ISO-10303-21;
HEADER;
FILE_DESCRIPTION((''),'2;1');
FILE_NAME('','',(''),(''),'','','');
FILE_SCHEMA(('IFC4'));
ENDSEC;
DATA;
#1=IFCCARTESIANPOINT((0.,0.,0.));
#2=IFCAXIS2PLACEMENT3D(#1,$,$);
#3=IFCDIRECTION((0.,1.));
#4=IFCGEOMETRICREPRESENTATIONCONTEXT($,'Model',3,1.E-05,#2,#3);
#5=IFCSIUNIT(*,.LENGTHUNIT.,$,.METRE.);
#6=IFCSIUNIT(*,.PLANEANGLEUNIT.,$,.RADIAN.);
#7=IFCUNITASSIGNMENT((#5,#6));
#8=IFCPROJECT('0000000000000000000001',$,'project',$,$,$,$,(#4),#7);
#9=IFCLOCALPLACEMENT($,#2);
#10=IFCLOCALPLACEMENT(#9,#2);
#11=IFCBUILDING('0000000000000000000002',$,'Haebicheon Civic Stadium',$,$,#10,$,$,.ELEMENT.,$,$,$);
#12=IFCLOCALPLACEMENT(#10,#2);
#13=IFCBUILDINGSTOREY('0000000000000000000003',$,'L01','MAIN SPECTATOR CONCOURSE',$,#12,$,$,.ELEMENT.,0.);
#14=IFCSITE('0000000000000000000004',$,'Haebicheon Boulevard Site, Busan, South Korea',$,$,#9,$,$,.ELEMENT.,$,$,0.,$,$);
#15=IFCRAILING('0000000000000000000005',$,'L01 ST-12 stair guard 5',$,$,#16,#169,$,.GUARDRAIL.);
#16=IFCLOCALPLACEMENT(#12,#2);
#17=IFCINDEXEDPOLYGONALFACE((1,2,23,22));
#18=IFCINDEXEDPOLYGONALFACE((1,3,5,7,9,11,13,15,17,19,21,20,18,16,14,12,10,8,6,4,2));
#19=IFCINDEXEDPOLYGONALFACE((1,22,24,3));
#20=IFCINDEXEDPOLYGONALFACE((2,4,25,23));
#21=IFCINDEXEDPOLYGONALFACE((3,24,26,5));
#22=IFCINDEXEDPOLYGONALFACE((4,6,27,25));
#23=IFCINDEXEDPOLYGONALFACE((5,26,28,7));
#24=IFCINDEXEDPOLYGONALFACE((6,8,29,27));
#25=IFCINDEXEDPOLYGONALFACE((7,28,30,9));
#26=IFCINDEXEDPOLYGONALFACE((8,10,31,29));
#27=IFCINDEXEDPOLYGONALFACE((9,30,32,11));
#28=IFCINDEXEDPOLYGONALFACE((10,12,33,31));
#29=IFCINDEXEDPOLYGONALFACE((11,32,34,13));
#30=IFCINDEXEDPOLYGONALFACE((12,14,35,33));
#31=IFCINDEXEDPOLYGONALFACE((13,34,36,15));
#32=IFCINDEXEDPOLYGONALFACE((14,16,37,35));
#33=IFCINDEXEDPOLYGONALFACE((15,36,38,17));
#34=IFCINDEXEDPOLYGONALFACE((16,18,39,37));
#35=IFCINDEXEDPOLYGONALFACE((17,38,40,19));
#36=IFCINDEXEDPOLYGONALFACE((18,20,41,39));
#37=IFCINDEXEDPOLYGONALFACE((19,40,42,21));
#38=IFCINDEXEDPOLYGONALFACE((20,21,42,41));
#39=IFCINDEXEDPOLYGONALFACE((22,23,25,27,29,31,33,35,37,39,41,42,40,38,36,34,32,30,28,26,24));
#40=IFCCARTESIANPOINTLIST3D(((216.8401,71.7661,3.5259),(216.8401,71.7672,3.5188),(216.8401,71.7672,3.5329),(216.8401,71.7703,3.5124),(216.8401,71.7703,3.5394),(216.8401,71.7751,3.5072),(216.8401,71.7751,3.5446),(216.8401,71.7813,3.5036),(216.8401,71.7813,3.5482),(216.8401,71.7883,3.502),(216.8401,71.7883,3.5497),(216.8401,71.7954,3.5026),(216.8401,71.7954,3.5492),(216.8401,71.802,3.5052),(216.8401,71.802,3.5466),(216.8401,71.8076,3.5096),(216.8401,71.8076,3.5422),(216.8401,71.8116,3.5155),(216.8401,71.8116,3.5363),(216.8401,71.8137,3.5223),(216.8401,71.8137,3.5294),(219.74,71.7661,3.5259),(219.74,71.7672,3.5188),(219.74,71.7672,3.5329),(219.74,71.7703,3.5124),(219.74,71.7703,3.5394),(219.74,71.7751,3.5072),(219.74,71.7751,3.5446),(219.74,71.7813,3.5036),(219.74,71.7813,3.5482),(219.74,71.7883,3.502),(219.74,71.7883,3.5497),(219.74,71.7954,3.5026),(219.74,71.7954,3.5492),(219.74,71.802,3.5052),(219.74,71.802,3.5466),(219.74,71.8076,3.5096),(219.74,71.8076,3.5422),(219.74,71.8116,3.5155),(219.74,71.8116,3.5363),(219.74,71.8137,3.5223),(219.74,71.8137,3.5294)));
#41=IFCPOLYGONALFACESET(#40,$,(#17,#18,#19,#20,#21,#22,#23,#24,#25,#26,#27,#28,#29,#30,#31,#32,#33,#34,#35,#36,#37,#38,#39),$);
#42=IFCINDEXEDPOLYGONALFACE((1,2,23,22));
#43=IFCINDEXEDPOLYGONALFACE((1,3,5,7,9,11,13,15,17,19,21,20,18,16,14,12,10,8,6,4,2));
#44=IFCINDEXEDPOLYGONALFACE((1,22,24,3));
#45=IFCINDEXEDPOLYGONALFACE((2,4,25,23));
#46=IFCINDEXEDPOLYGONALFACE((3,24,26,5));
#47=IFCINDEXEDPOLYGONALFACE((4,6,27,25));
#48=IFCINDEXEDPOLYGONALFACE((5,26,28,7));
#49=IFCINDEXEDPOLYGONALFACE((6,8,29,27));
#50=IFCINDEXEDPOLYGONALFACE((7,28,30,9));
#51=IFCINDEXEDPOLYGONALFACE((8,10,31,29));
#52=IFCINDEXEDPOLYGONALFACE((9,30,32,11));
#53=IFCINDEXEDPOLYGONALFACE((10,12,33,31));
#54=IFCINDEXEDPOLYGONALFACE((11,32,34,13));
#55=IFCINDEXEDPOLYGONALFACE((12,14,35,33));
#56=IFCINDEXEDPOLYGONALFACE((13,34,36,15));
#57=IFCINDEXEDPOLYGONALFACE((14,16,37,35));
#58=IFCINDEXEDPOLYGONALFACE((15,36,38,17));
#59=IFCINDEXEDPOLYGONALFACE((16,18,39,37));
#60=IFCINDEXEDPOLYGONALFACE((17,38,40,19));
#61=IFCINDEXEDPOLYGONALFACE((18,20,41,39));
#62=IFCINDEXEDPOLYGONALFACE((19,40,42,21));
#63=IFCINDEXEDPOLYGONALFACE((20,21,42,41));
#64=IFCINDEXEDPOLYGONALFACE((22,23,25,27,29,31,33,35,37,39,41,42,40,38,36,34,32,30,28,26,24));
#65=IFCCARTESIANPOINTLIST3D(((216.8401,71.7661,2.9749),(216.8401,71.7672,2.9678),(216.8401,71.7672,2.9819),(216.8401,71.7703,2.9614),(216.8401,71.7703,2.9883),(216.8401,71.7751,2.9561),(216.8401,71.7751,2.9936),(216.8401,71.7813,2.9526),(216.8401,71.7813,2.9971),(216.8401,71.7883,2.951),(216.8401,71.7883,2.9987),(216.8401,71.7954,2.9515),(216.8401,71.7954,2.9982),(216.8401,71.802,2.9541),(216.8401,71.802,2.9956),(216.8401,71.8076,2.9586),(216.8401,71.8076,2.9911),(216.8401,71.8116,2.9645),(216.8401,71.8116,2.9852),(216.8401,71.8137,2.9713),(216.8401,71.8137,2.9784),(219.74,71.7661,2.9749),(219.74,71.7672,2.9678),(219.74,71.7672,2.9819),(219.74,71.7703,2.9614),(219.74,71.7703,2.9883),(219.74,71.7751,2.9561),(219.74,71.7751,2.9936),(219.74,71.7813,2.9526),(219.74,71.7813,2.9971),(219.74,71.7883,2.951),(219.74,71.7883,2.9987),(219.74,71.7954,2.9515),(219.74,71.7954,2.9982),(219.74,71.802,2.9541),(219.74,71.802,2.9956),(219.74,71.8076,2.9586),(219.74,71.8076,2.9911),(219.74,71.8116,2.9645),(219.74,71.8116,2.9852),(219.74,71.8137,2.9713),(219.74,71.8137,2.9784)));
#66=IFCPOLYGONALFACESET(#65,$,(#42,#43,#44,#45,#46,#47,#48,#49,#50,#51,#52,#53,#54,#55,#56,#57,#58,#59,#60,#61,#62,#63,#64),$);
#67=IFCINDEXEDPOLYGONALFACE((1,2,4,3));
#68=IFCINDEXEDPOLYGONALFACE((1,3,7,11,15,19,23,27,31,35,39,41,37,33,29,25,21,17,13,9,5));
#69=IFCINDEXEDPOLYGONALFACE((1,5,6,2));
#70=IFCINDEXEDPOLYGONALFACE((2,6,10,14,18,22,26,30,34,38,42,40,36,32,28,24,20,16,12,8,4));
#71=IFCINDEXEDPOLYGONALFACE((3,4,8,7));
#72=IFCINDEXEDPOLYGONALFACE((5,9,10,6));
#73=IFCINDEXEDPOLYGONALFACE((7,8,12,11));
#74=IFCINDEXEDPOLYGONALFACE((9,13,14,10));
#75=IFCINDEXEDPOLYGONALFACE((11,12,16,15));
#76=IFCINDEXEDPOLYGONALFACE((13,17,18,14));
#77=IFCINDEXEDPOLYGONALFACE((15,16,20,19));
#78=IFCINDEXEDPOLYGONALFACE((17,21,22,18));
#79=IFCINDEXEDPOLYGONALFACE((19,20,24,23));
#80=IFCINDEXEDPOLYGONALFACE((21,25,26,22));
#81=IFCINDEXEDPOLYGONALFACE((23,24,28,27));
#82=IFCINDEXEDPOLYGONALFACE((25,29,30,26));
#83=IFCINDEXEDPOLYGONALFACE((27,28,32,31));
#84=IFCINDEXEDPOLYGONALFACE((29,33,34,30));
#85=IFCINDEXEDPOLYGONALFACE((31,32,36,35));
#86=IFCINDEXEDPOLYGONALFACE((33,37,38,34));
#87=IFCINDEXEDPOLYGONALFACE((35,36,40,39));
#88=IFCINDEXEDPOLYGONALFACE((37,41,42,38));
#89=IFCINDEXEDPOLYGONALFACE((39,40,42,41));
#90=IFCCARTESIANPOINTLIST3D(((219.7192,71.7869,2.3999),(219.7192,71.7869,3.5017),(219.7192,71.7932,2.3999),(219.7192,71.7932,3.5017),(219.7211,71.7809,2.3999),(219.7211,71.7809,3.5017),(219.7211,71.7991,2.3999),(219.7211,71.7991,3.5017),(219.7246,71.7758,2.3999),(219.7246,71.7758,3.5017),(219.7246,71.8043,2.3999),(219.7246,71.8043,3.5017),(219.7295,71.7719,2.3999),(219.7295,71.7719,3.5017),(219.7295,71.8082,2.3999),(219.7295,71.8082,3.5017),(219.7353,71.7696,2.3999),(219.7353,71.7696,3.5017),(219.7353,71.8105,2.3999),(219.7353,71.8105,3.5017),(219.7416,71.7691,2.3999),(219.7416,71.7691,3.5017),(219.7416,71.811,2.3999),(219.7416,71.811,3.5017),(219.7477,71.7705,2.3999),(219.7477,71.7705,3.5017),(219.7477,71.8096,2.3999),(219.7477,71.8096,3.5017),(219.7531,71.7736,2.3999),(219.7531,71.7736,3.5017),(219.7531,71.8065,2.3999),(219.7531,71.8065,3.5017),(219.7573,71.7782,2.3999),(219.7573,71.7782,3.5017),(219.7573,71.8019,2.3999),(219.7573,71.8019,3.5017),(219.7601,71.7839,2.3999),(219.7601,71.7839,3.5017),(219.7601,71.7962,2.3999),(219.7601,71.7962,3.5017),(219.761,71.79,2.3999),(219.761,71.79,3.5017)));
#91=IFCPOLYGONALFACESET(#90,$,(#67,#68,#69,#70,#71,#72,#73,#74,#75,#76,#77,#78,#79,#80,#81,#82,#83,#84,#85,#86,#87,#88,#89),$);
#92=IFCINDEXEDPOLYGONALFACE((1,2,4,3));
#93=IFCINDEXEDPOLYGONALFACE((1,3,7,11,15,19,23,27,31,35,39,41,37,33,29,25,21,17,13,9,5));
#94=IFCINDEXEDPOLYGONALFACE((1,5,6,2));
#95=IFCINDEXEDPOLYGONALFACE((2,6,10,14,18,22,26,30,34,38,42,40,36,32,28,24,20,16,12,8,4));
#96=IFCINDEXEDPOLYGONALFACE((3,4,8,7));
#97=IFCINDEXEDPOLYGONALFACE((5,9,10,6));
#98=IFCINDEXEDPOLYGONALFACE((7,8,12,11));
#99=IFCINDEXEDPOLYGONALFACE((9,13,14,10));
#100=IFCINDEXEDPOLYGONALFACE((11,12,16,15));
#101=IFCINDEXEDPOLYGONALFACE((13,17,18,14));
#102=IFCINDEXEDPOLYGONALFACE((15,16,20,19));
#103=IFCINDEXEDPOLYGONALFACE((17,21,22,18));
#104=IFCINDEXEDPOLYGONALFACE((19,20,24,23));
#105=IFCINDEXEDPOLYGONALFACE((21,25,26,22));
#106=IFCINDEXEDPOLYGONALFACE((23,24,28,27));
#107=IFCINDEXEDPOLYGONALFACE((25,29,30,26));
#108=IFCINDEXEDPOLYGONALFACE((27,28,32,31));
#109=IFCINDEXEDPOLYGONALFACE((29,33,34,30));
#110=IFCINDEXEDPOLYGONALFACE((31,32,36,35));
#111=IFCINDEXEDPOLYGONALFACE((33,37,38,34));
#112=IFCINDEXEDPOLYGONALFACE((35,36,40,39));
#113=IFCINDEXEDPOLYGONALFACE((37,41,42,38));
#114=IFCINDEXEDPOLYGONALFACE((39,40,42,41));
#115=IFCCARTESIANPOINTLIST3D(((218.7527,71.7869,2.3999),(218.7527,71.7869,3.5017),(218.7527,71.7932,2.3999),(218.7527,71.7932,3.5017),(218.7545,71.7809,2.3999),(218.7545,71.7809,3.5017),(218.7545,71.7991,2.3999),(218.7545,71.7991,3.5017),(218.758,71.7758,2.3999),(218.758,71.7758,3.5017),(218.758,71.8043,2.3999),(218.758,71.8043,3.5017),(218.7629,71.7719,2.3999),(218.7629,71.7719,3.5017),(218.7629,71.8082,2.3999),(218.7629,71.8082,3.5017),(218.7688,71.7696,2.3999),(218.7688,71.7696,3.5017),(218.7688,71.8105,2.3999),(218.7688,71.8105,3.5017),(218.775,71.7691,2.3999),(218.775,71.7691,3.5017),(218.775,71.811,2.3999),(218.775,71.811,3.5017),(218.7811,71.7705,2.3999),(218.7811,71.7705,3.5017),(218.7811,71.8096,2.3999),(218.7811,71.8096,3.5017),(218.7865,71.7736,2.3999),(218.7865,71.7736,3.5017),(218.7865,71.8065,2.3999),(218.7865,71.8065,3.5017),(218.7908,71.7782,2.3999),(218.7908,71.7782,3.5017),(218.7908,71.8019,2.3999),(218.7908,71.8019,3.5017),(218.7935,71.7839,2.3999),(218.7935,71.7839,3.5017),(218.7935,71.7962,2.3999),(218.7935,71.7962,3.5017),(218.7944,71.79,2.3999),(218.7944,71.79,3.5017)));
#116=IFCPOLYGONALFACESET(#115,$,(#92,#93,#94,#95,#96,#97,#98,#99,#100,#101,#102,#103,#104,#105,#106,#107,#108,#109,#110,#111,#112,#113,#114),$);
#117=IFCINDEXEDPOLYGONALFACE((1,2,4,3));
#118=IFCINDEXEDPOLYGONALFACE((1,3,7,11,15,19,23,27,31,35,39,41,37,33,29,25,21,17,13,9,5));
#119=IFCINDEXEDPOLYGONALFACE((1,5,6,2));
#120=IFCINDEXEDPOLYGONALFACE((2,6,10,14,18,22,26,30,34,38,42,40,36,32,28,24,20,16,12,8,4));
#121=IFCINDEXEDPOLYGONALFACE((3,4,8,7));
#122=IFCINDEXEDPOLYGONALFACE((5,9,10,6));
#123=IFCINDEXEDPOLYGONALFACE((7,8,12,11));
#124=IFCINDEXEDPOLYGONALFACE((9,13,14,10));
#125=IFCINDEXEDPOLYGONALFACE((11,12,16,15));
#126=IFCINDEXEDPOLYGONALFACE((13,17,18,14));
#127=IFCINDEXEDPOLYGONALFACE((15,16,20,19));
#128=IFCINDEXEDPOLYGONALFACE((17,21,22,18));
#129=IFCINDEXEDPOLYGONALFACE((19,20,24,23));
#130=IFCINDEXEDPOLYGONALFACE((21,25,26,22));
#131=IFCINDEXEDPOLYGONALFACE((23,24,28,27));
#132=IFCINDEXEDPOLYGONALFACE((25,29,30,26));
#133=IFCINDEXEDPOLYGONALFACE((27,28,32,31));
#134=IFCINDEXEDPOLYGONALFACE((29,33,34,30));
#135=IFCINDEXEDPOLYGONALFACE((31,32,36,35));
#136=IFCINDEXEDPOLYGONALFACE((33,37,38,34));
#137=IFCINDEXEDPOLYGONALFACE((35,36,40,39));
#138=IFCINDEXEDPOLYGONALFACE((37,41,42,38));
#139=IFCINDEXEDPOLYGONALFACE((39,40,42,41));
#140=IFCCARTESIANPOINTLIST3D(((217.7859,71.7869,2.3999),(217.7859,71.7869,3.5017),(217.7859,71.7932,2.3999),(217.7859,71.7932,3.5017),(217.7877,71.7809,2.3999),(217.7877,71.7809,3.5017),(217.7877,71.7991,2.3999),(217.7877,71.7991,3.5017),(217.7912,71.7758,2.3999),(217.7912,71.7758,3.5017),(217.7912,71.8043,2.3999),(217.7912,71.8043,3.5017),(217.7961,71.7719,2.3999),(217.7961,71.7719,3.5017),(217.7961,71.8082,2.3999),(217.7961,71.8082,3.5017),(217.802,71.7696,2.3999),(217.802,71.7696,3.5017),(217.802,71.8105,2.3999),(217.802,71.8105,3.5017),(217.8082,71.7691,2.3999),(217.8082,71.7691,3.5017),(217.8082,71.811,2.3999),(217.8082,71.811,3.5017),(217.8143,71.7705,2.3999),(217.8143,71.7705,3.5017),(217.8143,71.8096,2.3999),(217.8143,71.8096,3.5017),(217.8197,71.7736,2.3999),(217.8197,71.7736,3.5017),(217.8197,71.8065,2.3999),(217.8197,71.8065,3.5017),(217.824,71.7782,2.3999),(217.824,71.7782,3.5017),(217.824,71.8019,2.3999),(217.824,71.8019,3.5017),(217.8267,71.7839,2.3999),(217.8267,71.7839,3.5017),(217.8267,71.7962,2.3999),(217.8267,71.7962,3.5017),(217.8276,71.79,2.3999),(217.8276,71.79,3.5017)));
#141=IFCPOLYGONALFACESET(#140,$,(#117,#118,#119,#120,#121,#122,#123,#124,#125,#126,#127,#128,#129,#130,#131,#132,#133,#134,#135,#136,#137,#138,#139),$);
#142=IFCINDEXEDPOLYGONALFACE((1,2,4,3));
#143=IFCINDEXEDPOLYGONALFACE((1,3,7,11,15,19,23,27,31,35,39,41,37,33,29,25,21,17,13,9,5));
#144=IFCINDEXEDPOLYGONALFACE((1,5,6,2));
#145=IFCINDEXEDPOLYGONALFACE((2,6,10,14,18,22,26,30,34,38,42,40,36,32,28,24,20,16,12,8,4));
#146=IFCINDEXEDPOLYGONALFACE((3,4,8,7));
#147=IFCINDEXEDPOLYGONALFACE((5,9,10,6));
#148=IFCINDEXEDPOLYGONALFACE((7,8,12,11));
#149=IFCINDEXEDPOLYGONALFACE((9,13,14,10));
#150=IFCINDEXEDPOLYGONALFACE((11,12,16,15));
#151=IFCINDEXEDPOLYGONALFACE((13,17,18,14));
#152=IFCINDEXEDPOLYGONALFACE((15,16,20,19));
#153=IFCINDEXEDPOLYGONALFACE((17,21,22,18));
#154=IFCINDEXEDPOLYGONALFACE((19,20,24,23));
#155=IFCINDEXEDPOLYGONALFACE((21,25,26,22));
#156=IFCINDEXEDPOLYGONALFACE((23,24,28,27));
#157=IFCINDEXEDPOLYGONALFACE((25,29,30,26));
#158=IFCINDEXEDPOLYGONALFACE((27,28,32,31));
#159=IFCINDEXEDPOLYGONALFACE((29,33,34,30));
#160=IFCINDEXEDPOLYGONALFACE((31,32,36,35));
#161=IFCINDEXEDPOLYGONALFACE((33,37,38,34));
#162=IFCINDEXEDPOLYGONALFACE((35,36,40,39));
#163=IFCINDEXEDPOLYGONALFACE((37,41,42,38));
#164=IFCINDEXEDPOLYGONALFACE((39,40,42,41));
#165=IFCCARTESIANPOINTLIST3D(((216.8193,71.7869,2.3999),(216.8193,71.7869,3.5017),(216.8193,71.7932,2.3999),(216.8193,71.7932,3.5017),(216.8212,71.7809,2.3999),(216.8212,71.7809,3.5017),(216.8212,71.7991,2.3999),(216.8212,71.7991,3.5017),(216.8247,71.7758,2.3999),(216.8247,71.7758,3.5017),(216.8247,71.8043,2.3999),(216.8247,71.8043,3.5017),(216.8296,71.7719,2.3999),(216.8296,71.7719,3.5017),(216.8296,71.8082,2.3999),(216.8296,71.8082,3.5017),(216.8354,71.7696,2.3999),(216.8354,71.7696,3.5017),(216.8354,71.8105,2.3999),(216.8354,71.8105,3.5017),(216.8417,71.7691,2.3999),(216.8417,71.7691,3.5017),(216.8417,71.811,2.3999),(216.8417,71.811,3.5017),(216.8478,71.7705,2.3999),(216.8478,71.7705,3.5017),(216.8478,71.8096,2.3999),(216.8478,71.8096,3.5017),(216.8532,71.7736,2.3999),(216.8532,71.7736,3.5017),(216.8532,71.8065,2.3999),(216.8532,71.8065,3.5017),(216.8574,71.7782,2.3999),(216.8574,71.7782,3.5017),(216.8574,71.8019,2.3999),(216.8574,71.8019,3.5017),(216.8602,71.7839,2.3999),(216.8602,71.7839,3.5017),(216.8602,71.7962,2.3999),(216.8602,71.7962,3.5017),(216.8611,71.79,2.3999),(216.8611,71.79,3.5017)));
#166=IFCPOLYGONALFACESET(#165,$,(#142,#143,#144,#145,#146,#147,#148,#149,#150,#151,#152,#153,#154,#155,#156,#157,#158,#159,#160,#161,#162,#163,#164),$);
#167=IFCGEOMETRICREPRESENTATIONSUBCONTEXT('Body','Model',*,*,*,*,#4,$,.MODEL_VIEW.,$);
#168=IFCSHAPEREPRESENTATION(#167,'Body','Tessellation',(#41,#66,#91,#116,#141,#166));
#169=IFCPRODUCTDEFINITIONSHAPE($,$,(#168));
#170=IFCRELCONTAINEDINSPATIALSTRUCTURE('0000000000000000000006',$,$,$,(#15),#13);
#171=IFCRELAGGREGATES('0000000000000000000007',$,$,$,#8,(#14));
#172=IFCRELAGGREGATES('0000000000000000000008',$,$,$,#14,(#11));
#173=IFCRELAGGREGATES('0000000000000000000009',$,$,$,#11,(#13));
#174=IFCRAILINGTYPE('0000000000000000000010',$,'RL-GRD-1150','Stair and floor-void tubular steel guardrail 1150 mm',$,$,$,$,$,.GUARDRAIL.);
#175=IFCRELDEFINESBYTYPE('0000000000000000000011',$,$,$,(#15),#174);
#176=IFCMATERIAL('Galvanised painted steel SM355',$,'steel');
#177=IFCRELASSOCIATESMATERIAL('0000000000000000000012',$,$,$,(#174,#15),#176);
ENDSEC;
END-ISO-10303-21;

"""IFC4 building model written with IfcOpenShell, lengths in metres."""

from ifc_helpers import new_model, si_unit, direction, frame, origin, origin_2d, place, context, subcontext, project, spatial, circle, extrude, material, type_object, element, save


model = new_model("IFC4")

# Units and contexts
model_context = context("Model", 3, precision=1e-05, world=origin(), true_north=direction((0.0, 1.0)))
body_context = subcontext(model_context, "Body", "Model", "MODEL_VIEW")
ifc_project = project(units=[si_unit("LENGTHUNIT", "METRE"), si_unit("PLANEANGLEUNIT", "RADIAN")], contexts=[model_context])

# Site, building, storey
site_placement = place(None, origin())
site = spatial("IfcSite", under=ifc_project, at=site_placement, Name="Haebicheon Boulevard Site, Busan, South Korea", CompositionType="ELEMENT", RefElevation=0.0)
building_placement = place(site_placement, origin())
building = spatial("IfcBuilding", under=site, at=building_placement, Name="Haebicheon Civic Stadium", CompositionType="ELEMENT")
storey_placement = place(building_placement, origin())
storey = spatial("IfcBuildingStorey", under=building, at=storey_placement, Name="L01", Description="MAIN SPECTATOR CONCOURSE", CompositionType="ELEMENT", Elevation=0.0)

# Railing
ifc_material_1 = material(Name="Galvanised painted steel SM355", Category="steel")
railing_type_1 = type_object("IfcRailingType", Name="RL-GRD-1150", Description="Stair and floor-void tubular steel guardrail 1150 mm", PredefinedType="GUARDRAIL", material=ifc_material_1)
railing_1_placement = place(storey_placement, frame((219.74, 71.79, 2.3999)))
element("IfcRailing", 1, at=railing_1_placement, inside=storey, type_object=railing_type_1, material=ifc_material_1, Name="L01 ST-12 stair guard 5", PredefinedType="GUARDRAIL", context=body_context, shape_type="SweptSolid", body=[
    extrude(circle(Radius=0.0239, at=origin_2d()), frame((0.0, 0.0, 1.126), z_axis=(-1.0, 0.0, 0.0), x_axis=(0.0, -1.0, 0.0)), (0.0, 0.0, 1.0), 2.8999),
    extrude(circle(Radius=0.0239, at=origin_2d()), frame((0.0, 0.0, 0.575), z_axis=(-1.0, 0.0, 0.0), x_axis=(0.0, -1.0, 0.0)), (0.0, 0.0, 1.0), 2.8999),
    extrude(circle(Radius=0.021, at=origin_2d()), origin(), (0.0, 0.0, 1.0), 1.1018),
    extrude(circle(Radius=0.021, at=origin_2d()), frame((-0.9666, 0.0, 0.0)), (0.0, 0.0, 1.0), 1.1018),
    extrude(circle(Radius=0.021, at=origin_2d()), frame((-1.9333, 0.0, 0.0)), (0.0, 0.0, 1.0), 1.1018),
    extrude(circle(Radius=0.021, at=origin_2d()), frame((-2.8999, 0.0, 0.0)), (0.0, 0.0, 1.0), 1.1018),
])

save(model, "model.ifc")
